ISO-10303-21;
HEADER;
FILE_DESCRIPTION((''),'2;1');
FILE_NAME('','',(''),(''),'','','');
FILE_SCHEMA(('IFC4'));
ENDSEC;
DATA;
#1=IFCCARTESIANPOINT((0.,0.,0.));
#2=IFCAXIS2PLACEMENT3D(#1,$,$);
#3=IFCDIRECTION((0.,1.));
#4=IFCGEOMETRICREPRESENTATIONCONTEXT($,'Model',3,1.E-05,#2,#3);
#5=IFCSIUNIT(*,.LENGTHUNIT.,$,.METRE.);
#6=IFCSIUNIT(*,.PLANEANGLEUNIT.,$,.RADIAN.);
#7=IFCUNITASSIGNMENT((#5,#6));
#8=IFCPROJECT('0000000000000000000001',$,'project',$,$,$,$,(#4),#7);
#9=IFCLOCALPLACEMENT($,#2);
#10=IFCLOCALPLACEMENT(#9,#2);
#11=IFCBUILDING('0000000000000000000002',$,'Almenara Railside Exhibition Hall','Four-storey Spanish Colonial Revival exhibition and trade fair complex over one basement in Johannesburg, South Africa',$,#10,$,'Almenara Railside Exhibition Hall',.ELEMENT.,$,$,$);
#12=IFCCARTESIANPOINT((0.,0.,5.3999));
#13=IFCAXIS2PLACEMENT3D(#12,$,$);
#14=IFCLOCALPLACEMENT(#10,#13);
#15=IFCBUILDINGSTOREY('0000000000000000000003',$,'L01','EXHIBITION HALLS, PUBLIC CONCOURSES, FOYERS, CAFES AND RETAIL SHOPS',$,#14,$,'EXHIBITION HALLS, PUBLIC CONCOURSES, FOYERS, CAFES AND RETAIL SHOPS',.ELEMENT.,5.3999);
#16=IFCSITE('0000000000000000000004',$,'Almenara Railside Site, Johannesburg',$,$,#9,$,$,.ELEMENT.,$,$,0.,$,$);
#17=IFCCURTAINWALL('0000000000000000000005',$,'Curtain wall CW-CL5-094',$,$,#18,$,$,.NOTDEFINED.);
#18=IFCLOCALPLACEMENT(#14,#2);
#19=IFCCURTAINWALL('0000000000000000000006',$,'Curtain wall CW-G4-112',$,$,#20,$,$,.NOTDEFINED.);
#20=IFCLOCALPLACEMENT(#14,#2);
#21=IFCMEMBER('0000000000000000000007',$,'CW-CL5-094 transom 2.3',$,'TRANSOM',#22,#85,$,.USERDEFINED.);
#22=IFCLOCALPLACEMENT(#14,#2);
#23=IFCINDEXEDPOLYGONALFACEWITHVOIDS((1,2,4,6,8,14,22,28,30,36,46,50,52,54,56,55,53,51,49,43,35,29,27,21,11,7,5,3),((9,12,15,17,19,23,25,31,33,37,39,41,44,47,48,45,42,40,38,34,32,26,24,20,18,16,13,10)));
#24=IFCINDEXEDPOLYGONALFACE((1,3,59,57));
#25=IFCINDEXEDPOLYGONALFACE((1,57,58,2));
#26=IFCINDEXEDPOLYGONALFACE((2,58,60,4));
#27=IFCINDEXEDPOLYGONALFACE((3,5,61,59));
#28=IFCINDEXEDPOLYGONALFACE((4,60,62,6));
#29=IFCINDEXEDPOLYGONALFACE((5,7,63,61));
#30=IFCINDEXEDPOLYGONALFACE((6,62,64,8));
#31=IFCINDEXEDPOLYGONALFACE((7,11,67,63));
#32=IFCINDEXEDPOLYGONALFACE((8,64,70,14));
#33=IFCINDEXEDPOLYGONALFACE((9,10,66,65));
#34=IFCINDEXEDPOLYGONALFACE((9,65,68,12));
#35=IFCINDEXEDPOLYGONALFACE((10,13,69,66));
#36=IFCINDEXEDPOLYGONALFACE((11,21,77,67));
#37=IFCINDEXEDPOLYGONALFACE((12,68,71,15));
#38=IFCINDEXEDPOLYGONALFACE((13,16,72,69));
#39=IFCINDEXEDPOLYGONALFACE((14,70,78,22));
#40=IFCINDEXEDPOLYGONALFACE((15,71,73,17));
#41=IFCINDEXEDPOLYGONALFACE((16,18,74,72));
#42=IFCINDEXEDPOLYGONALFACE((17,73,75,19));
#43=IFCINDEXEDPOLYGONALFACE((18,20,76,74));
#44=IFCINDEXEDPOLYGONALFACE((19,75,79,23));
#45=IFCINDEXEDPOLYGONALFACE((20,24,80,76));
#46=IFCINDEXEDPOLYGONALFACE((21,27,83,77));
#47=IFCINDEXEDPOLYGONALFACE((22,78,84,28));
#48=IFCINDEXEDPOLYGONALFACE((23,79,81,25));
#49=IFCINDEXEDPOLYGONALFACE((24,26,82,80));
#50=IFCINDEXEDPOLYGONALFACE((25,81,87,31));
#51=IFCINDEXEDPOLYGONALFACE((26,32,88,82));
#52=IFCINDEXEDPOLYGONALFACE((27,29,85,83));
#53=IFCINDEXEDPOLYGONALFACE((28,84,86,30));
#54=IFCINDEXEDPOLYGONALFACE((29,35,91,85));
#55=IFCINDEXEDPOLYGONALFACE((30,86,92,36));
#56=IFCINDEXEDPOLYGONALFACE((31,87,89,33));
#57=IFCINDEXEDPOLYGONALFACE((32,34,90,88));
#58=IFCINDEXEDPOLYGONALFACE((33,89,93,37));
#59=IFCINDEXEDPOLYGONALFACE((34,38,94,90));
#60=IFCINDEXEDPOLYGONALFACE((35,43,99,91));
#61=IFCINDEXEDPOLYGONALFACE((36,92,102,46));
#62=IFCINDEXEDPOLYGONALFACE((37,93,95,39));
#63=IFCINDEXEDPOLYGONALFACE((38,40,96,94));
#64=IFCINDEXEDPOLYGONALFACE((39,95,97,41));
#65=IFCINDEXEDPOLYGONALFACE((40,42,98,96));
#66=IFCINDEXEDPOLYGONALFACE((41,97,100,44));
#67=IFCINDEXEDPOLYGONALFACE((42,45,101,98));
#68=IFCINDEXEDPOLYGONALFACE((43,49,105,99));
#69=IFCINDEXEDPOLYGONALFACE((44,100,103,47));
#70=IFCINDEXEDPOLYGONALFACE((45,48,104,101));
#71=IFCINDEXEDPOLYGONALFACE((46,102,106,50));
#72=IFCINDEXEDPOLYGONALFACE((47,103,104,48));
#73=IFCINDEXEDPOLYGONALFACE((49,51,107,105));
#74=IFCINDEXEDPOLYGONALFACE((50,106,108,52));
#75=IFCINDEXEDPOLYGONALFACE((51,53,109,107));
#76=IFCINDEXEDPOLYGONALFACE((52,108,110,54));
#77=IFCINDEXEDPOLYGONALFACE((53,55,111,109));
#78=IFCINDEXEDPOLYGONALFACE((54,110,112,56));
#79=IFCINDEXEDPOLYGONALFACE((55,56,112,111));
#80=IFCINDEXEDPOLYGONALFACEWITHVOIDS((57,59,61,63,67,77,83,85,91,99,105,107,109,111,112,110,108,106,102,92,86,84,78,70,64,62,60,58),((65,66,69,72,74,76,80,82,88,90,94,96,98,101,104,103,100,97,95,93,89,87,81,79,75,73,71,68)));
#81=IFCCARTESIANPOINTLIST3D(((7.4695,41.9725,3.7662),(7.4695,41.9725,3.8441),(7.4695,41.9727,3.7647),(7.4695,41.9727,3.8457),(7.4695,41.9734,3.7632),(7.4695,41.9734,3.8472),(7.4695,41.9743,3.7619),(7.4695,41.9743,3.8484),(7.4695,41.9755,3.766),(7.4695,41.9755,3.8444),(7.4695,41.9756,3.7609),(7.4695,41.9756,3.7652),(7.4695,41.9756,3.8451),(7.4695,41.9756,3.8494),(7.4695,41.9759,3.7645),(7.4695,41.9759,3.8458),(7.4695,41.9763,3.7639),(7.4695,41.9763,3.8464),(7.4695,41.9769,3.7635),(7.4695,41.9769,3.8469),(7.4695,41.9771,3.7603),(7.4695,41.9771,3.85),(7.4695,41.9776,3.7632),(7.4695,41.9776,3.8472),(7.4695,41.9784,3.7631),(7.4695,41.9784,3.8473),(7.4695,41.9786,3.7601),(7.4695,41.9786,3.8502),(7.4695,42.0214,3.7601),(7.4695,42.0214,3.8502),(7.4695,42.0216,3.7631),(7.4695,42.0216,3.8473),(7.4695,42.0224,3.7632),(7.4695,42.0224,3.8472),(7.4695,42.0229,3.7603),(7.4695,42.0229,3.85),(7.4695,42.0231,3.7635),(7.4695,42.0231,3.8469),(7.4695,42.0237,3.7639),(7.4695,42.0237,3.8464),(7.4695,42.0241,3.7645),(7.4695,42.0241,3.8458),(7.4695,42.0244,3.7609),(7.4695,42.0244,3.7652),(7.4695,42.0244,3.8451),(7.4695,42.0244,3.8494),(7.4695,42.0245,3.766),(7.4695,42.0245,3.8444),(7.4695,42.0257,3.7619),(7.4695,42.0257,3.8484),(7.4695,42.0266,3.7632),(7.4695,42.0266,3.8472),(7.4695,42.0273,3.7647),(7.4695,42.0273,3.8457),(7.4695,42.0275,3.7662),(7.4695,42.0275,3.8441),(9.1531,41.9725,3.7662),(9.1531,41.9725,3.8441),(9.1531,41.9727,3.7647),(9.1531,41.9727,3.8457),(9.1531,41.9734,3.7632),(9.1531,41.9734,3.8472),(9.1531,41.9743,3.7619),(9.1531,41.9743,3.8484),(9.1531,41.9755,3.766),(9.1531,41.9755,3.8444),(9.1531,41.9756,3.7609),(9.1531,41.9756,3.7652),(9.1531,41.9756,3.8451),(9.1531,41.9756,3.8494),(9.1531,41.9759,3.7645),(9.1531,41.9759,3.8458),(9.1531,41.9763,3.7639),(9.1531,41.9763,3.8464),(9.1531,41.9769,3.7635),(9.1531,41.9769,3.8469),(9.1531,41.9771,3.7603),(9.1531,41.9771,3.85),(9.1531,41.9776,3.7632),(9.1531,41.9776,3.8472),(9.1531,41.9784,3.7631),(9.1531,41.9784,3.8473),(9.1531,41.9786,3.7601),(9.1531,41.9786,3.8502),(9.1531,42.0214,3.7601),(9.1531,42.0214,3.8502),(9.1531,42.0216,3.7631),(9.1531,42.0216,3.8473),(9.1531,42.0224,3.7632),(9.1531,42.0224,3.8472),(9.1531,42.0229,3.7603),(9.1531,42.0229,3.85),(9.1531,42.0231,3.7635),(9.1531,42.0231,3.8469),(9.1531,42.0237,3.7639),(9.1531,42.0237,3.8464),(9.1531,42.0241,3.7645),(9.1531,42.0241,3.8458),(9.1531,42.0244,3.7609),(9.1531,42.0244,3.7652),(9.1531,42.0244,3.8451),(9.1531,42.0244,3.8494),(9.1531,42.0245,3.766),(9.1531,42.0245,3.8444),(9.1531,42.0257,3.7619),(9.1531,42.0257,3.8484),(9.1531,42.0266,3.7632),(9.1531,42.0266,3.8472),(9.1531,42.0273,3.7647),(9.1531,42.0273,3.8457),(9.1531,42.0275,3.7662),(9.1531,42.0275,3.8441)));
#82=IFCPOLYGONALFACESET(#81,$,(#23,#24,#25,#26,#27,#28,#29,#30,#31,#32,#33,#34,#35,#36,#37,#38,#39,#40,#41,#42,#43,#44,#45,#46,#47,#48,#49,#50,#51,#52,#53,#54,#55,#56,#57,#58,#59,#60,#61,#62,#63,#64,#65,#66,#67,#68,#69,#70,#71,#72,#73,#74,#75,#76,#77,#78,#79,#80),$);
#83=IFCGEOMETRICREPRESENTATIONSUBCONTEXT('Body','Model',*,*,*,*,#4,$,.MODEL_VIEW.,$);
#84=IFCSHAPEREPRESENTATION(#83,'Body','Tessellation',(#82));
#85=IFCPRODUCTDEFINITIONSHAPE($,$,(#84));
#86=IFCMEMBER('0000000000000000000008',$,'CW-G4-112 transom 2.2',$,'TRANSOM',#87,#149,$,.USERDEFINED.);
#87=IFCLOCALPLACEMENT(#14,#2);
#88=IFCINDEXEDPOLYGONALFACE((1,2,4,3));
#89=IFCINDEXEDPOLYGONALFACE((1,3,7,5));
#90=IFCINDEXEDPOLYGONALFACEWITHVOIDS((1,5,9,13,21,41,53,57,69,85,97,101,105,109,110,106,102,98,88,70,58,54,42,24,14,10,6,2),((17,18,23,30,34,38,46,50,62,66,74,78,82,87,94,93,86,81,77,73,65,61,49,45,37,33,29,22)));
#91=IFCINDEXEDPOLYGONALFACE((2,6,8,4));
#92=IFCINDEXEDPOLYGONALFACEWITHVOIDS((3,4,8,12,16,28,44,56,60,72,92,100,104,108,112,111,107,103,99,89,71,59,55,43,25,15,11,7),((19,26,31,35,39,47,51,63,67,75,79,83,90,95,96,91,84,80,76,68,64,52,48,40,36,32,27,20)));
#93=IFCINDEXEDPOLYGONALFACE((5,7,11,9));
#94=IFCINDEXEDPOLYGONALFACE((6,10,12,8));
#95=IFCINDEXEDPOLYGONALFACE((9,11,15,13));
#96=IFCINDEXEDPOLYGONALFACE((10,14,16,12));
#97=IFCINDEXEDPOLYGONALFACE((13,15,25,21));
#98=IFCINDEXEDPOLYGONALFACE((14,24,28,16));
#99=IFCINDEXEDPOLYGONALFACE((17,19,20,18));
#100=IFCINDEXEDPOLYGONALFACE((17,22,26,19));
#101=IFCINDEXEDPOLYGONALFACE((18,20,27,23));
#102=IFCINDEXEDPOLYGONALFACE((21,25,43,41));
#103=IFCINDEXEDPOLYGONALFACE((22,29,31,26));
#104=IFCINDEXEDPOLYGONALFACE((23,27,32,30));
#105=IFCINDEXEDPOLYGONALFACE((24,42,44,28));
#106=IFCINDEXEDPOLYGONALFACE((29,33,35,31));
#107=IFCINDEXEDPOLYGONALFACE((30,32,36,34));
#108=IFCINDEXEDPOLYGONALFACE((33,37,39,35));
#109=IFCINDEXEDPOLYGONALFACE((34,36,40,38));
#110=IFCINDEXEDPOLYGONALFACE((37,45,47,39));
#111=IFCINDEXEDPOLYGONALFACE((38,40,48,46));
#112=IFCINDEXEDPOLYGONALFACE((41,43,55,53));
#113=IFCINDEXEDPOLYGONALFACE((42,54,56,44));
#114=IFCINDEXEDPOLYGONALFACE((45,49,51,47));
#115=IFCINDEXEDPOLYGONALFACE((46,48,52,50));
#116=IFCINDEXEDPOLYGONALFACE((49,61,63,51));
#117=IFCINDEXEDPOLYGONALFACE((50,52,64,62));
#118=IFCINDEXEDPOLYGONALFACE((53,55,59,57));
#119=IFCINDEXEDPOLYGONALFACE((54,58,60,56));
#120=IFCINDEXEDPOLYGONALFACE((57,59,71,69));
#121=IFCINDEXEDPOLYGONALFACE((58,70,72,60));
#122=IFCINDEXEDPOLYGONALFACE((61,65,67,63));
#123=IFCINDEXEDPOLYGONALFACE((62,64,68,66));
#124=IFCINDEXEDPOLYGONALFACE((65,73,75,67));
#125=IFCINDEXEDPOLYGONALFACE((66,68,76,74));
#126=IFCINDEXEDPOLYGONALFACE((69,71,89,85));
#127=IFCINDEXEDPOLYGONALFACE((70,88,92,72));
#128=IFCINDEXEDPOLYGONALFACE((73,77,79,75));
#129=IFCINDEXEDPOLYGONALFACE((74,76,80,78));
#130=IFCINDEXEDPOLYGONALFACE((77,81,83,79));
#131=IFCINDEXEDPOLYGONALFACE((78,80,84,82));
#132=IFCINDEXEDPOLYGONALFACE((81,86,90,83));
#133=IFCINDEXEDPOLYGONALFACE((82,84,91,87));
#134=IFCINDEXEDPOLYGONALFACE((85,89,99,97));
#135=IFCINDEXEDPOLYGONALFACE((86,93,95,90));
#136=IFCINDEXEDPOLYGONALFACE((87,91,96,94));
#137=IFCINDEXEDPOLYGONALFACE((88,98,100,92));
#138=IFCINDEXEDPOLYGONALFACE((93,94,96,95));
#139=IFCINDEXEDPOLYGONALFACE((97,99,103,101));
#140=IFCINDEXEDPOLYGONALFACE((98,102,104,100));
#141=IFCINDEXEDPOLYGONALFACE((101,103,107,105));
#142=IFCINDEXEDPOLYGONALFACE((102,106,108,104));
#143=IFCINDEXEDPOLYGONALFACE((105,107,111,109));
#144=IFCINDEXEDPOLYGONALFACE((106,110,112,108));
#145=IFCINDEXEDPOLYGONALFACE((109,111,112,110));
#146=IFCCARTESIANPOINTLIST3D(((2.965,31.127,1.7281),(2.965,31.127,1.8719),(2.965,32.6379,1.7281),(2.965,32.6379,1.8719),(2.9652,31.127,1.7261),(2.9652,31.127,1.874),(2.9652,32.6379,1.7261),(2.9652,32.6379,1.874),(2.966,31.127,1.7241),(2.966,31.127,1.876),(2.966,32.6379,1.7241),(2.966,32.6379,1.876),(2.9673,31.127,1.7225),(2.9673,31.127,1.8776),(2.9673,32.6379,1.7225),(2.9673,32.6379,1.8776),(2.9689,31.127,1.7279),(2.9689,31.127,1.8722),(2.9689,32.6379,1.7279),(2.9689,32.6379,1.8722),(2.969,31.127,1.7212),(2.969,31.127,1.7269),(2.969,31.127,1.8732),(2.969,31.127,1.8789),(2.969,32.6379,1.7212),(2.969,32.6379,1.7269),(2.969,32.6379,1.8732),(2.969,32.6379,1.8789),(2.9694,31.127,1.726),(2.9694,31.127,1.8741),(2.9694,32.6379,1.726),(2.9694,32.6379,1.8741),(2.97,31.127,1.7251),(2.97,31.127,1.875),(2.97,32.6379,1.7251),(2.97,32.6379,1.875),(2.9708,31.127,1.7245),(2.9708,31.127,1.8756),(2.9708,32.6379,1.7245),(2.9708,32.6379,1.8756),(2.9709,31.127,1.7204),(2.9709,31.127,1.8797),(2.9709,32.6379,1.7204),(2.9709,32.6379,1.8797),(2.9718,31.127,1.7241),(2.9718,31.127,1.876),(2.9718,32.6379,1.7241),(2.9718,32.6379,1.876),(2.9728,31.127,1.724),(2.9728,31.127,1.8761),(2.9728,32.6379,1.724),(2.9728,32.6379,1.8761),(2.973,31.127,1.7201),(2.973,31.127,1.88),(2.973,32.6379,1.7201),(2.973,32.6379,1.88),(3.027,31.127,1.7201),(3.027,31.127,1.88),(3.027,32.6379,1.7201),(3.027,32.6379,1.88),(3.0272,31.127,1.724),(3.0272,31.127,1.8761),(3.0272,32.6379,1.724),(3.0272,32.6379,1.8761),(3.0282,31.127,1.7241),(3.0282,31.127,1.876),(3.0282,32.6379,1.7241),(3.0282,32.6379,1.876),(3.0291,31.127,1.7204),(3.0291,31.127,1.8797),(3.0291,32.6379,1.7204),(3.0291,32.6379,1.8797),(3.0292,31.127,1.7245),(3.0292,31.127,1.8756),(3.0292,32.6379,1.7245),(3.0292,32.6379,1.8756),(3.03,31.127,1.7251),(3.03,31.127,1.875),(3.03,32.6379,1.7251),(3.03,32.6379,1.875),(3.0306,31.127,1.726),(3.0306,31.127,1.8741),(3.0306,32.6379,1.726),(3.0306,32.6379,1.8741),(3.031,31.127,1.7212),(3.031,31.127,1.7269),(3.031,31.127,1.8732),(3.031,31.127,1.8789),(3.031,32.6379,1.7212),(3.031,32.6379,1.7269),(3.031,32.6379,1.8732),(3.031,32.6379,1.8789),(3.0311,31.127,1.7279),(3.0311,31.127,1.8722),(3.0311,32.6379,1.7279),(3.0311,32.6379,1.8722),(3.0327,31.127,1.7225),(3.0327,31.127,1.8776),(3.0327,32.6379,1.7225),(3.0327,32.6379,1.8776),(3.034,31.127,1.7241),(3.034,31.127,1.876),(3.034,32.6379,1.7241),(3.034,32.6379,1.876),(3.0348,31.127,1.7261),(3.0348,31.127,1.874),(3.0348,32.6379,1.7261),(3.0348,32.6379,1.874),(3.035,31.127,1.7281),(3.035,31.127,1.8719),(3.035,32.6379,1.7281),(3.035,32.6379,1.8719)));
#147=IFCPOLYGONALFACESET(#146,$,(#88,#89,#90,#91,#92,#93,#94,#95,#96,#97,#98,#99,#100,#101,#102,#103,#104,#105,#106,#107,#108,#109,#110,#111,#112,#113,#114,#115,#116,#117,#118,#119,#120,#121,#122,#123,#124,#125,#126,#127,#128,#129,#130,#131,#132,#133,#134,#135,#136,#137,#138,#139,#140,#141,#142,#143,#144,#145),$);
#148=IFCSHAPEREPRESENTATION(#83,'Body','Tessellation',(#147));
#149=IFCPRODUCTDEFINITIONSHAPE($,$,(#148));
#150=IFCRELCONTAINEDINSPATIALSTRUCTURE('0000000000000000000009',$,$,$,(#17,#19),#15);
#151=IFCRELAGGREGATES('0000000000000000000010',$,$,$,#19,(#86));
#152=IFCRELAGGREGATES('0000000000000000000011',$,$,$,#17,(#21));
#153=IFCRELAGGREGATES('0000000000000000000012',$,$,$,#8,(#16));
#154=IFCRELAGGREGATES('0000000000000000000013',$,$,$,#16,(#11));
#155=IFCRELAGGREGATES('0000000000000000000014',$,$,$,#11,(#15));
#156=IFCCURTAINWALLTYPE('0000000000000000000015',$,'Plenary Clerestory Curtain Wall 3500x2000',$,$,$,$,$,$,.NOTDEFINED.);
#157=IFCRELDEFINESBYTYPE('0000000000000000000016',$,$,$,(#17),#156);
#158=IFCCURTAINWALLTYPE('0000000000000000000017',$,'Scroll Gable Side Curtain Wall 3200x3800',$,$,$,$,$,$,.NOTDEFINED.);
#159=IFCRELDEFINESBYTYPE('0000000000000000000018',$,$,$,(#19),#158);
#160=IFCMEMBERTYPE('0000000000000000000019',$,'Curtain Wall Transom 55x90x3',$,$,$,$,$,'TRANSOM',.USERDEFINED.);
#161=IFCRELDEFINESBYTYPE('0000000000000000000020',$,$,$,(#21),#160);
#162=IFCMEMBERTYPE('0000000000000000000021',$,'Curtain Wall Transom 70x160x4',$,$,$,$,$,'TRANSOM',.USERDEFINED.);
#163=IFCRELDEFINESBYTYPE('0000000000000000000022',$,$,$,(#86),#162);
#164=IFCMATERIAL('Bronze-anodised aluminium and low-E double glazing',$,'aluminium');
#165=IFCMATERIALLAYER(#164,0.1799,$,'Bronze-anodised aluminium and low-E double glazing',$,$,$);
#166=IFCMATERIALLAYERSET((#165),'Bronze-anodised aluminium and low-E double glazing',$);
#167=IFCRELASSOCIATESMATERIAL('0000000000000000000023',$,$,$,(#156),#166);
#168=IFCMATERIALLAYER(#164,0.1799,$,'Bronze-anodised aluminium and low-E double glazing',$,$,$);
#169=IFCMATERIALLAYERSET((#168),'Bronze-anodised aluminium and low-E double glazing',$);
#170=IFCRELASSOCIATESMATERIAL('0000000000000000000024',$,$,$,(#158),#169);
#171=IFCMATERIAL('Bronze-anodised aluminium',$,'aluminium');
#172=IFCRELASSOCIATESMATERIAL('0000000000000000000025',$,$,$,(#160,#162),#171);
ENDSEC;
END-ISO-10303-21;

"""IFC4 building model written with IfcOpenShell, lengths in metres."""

from ifc_helpers import new_model, si_unit, direction, frame, origin, origin_2d, place, context, subcontext, project, spatial, hollow_rectangle, extrude, material, layer, layer_set, material_profile, profile_set, type_object, element, aggregate, save


model = new_model("IFC4")

# Units and contexts
model_context = context("Model", 3, precision=1e-05, world=origin(), true_north=direction((0.0, 1.0)))
body_context = subcontext(model_context, "Body", "Model", "MODEL_VIEW")
ifc_project = project(units=[si_unit("LENGTHUNIT", "METRE"), si_unit("PLANEANGLEUNIT", "RADIAN")], contexts=[model_context])

# Site, building, storey
site_placement = place(None, origin())
site = spatial("IfcSite", under=ifc_project, at=site_placement, Name="Almenara Railside Site, Johannesburg", CompositionType="ELEMENT", RefElevation=0.0)
building_placement = place(site_placement, origin())
building = spatial("IfcBuilding", under=site, at=building_placement, Name="Almenara Railside Exhibition Hall", Description="Four-storey Spanish Colonial Revival exhibition and trade fair complex over one basement in Johannesburg, South Africa", LongName="Almenara Railside Exhibition Hall", CompositionType="ELEMENT")
storey_placement = place(building_placement, frame((0.0, 0.0, 5.3999)))
storey = spatial("IfcBuildingStorey", under=building, at=storey_placement, Name="L01", Description="EXHIBITION HALLS, PUBLIC CONCOURSES, FOYERS, CAFES AND RETAIL SHOPS", LongName="EXHIBITION HALLS, PUBLIC CONCOURSES, FOYERS, CAFES AND RETAIL SHOPS", CompositionType="ELEMENT", Elevation=5.3999)

# Curtain wall
ifc_material_1 = material(Name="Bronze-anodised aluminium and low-E double glazing", Category="aluminium")
ifc_layer_1 = layer(ifc_material_1, 0.1799, Name="Bronze-anodised aluminium and low-E double glazing")
ifc_layer_set_1 = layer_set([ifc_layer_1], Name="Bronze-anodised aluminium and low-E double glazing")
curtain_wall_type_1 = type_object("IfcCurtainWallType", Name="Plenary Clerestory Curtain Wall 3500x2000", PredefinedType="NOTDEFINED", material=ifc_layer_set_1)
curtain_wall_1_placement = place(storey_placement, origin())
curtain_wall_1 = element("IfcCurtainWall", 1, at=curtain_wall_1_placement, inside=storey, type_object=curtain_wall_type_1, Name="Curtain wall CW-CL5-094", PredefinedType="NOTDEFINED")
ifc_material_2 = material(Name="Bronze-anodised aluminium", Category="aluminium")

# Curtain wall
ifc_layer_2 = layer(ifc_material_1, 0.1799, Name="Bronze-anodised aluminium and low-E double glazing")
ifc_layer_set_2 = layer_set([ifc_layer_2], Name="Bronze-anodised aluminium and low-E double glazing")
curtain_wall_type_2 = type_object("IfcCurtainWallType", Name="Scroll Gable Side Curtain Wall 3200x3800", PredefinedType="NOTDEFINED", material=ifc_layer_set_2)
curtain_wall_2_placement = place(storey_placement, origin())
curtain_wall_2 = element("IfcCurtainWall", 2, at=curtain_wall_2_placement, inside=storey, type_object=curtain_wall_type_2, Name="Curtain wall CW-G4-112", PredefinedType="NOTDEFINED")

# Members
ifc_material_profile_1 = material_profile(ifc_material_2, hollow_rectangle(XDim=0.0549, YDim=0.0901, WallThickness=0.0029, InnerFilletRadius=0.0029, OuterFilletRadius=0.0061, at=origin_2d()), Name="ALU-TRN 55x90x3")
ifc_profile_set_1 = profile_set([ifc_material_profile_1], Name="Bronze-anodised aluminium")
member_type_1 = type_object("IfcMemberType", Name="Curtain Wall Transom 55x90x3", ElementType="TRANSOM", PredefinedType="USERDEFINED", material=ifc_profile_set_1)
member_1_placement = place(storey_placement, frame((7.4695, 42.0, 3.8052), z_axis=(1.0, 0.0, 0.0), x_axis=(0.0, 1.0, 0.0)))
member_1 = element("IfcMember", 3, at=member_1_placement, type_object=member_type_1, Name="CW-CL5-094 transom 2.3", ObjectType="TRANSOM", PredefinedType="USERDEFINED", context=body_context, shape_type="SweptSolid", body=[
    extrude(hollow_rectangle(XDim=0.0549, YDim=0.0901, WallThickness=0.0029, InnerFilletRadius=0.0029, OuterFilletRadius=0.0061, at=origin_2d()), origin(), (0.0, 0.0, 1.0), 1.6836),
])
ifc_material_profile_2 = material_profile(ifc_material_2, hollow_rectangle(XDim=0.0701, YDim=0.1599, WallThickness=0.0039, InnerFilletRadius=0.0039, OuterFilletRadius=0.0081, at=origin_2d()), Name="ALU-TRN 70x160x4")
ifc_profile_set_2 = profile_set([ifc_material_profile_2], Name="Bronze-anodised aluminium")
member_type_2 = type_object("IfcMemberType", Name="Curtain Wall Transom 70x160x4", ElementType="TRANSOM", PredefinedType="USERDEFINED", material=ifc_profile_set_2)
member_2_placement = place(storey_placement, frame((3.0, 31.127, 1.8), z_axis=(0.0, 1.0, 0.0), x_axis=(-1.0, 0.0, 0.0)))
member_2 = element("IfcMember", 4, at=member_2_placement, type_object=member_type_2, Name="CW-G4-112 transom 2.2", ObjectType="TRANSOM", PredefinedType="USERDEFINED", context=body_context, shape_type="SweptSolid", body=[
    extrude(hollow_rectangle(XDim=0.0701, YDim=0.1599, WallThickness=0.0039, InnerFilletRadius=0.0039, OuterFilletRadius=0.0081, at=origin_2d()), origin(), (0.0, 0.0, 1.0), 1.511),
])

aggregate(curtain_wall_2, [member_2])
aggregate(curtain_wall_1, [member_1])

save(model, "model.ifc")
